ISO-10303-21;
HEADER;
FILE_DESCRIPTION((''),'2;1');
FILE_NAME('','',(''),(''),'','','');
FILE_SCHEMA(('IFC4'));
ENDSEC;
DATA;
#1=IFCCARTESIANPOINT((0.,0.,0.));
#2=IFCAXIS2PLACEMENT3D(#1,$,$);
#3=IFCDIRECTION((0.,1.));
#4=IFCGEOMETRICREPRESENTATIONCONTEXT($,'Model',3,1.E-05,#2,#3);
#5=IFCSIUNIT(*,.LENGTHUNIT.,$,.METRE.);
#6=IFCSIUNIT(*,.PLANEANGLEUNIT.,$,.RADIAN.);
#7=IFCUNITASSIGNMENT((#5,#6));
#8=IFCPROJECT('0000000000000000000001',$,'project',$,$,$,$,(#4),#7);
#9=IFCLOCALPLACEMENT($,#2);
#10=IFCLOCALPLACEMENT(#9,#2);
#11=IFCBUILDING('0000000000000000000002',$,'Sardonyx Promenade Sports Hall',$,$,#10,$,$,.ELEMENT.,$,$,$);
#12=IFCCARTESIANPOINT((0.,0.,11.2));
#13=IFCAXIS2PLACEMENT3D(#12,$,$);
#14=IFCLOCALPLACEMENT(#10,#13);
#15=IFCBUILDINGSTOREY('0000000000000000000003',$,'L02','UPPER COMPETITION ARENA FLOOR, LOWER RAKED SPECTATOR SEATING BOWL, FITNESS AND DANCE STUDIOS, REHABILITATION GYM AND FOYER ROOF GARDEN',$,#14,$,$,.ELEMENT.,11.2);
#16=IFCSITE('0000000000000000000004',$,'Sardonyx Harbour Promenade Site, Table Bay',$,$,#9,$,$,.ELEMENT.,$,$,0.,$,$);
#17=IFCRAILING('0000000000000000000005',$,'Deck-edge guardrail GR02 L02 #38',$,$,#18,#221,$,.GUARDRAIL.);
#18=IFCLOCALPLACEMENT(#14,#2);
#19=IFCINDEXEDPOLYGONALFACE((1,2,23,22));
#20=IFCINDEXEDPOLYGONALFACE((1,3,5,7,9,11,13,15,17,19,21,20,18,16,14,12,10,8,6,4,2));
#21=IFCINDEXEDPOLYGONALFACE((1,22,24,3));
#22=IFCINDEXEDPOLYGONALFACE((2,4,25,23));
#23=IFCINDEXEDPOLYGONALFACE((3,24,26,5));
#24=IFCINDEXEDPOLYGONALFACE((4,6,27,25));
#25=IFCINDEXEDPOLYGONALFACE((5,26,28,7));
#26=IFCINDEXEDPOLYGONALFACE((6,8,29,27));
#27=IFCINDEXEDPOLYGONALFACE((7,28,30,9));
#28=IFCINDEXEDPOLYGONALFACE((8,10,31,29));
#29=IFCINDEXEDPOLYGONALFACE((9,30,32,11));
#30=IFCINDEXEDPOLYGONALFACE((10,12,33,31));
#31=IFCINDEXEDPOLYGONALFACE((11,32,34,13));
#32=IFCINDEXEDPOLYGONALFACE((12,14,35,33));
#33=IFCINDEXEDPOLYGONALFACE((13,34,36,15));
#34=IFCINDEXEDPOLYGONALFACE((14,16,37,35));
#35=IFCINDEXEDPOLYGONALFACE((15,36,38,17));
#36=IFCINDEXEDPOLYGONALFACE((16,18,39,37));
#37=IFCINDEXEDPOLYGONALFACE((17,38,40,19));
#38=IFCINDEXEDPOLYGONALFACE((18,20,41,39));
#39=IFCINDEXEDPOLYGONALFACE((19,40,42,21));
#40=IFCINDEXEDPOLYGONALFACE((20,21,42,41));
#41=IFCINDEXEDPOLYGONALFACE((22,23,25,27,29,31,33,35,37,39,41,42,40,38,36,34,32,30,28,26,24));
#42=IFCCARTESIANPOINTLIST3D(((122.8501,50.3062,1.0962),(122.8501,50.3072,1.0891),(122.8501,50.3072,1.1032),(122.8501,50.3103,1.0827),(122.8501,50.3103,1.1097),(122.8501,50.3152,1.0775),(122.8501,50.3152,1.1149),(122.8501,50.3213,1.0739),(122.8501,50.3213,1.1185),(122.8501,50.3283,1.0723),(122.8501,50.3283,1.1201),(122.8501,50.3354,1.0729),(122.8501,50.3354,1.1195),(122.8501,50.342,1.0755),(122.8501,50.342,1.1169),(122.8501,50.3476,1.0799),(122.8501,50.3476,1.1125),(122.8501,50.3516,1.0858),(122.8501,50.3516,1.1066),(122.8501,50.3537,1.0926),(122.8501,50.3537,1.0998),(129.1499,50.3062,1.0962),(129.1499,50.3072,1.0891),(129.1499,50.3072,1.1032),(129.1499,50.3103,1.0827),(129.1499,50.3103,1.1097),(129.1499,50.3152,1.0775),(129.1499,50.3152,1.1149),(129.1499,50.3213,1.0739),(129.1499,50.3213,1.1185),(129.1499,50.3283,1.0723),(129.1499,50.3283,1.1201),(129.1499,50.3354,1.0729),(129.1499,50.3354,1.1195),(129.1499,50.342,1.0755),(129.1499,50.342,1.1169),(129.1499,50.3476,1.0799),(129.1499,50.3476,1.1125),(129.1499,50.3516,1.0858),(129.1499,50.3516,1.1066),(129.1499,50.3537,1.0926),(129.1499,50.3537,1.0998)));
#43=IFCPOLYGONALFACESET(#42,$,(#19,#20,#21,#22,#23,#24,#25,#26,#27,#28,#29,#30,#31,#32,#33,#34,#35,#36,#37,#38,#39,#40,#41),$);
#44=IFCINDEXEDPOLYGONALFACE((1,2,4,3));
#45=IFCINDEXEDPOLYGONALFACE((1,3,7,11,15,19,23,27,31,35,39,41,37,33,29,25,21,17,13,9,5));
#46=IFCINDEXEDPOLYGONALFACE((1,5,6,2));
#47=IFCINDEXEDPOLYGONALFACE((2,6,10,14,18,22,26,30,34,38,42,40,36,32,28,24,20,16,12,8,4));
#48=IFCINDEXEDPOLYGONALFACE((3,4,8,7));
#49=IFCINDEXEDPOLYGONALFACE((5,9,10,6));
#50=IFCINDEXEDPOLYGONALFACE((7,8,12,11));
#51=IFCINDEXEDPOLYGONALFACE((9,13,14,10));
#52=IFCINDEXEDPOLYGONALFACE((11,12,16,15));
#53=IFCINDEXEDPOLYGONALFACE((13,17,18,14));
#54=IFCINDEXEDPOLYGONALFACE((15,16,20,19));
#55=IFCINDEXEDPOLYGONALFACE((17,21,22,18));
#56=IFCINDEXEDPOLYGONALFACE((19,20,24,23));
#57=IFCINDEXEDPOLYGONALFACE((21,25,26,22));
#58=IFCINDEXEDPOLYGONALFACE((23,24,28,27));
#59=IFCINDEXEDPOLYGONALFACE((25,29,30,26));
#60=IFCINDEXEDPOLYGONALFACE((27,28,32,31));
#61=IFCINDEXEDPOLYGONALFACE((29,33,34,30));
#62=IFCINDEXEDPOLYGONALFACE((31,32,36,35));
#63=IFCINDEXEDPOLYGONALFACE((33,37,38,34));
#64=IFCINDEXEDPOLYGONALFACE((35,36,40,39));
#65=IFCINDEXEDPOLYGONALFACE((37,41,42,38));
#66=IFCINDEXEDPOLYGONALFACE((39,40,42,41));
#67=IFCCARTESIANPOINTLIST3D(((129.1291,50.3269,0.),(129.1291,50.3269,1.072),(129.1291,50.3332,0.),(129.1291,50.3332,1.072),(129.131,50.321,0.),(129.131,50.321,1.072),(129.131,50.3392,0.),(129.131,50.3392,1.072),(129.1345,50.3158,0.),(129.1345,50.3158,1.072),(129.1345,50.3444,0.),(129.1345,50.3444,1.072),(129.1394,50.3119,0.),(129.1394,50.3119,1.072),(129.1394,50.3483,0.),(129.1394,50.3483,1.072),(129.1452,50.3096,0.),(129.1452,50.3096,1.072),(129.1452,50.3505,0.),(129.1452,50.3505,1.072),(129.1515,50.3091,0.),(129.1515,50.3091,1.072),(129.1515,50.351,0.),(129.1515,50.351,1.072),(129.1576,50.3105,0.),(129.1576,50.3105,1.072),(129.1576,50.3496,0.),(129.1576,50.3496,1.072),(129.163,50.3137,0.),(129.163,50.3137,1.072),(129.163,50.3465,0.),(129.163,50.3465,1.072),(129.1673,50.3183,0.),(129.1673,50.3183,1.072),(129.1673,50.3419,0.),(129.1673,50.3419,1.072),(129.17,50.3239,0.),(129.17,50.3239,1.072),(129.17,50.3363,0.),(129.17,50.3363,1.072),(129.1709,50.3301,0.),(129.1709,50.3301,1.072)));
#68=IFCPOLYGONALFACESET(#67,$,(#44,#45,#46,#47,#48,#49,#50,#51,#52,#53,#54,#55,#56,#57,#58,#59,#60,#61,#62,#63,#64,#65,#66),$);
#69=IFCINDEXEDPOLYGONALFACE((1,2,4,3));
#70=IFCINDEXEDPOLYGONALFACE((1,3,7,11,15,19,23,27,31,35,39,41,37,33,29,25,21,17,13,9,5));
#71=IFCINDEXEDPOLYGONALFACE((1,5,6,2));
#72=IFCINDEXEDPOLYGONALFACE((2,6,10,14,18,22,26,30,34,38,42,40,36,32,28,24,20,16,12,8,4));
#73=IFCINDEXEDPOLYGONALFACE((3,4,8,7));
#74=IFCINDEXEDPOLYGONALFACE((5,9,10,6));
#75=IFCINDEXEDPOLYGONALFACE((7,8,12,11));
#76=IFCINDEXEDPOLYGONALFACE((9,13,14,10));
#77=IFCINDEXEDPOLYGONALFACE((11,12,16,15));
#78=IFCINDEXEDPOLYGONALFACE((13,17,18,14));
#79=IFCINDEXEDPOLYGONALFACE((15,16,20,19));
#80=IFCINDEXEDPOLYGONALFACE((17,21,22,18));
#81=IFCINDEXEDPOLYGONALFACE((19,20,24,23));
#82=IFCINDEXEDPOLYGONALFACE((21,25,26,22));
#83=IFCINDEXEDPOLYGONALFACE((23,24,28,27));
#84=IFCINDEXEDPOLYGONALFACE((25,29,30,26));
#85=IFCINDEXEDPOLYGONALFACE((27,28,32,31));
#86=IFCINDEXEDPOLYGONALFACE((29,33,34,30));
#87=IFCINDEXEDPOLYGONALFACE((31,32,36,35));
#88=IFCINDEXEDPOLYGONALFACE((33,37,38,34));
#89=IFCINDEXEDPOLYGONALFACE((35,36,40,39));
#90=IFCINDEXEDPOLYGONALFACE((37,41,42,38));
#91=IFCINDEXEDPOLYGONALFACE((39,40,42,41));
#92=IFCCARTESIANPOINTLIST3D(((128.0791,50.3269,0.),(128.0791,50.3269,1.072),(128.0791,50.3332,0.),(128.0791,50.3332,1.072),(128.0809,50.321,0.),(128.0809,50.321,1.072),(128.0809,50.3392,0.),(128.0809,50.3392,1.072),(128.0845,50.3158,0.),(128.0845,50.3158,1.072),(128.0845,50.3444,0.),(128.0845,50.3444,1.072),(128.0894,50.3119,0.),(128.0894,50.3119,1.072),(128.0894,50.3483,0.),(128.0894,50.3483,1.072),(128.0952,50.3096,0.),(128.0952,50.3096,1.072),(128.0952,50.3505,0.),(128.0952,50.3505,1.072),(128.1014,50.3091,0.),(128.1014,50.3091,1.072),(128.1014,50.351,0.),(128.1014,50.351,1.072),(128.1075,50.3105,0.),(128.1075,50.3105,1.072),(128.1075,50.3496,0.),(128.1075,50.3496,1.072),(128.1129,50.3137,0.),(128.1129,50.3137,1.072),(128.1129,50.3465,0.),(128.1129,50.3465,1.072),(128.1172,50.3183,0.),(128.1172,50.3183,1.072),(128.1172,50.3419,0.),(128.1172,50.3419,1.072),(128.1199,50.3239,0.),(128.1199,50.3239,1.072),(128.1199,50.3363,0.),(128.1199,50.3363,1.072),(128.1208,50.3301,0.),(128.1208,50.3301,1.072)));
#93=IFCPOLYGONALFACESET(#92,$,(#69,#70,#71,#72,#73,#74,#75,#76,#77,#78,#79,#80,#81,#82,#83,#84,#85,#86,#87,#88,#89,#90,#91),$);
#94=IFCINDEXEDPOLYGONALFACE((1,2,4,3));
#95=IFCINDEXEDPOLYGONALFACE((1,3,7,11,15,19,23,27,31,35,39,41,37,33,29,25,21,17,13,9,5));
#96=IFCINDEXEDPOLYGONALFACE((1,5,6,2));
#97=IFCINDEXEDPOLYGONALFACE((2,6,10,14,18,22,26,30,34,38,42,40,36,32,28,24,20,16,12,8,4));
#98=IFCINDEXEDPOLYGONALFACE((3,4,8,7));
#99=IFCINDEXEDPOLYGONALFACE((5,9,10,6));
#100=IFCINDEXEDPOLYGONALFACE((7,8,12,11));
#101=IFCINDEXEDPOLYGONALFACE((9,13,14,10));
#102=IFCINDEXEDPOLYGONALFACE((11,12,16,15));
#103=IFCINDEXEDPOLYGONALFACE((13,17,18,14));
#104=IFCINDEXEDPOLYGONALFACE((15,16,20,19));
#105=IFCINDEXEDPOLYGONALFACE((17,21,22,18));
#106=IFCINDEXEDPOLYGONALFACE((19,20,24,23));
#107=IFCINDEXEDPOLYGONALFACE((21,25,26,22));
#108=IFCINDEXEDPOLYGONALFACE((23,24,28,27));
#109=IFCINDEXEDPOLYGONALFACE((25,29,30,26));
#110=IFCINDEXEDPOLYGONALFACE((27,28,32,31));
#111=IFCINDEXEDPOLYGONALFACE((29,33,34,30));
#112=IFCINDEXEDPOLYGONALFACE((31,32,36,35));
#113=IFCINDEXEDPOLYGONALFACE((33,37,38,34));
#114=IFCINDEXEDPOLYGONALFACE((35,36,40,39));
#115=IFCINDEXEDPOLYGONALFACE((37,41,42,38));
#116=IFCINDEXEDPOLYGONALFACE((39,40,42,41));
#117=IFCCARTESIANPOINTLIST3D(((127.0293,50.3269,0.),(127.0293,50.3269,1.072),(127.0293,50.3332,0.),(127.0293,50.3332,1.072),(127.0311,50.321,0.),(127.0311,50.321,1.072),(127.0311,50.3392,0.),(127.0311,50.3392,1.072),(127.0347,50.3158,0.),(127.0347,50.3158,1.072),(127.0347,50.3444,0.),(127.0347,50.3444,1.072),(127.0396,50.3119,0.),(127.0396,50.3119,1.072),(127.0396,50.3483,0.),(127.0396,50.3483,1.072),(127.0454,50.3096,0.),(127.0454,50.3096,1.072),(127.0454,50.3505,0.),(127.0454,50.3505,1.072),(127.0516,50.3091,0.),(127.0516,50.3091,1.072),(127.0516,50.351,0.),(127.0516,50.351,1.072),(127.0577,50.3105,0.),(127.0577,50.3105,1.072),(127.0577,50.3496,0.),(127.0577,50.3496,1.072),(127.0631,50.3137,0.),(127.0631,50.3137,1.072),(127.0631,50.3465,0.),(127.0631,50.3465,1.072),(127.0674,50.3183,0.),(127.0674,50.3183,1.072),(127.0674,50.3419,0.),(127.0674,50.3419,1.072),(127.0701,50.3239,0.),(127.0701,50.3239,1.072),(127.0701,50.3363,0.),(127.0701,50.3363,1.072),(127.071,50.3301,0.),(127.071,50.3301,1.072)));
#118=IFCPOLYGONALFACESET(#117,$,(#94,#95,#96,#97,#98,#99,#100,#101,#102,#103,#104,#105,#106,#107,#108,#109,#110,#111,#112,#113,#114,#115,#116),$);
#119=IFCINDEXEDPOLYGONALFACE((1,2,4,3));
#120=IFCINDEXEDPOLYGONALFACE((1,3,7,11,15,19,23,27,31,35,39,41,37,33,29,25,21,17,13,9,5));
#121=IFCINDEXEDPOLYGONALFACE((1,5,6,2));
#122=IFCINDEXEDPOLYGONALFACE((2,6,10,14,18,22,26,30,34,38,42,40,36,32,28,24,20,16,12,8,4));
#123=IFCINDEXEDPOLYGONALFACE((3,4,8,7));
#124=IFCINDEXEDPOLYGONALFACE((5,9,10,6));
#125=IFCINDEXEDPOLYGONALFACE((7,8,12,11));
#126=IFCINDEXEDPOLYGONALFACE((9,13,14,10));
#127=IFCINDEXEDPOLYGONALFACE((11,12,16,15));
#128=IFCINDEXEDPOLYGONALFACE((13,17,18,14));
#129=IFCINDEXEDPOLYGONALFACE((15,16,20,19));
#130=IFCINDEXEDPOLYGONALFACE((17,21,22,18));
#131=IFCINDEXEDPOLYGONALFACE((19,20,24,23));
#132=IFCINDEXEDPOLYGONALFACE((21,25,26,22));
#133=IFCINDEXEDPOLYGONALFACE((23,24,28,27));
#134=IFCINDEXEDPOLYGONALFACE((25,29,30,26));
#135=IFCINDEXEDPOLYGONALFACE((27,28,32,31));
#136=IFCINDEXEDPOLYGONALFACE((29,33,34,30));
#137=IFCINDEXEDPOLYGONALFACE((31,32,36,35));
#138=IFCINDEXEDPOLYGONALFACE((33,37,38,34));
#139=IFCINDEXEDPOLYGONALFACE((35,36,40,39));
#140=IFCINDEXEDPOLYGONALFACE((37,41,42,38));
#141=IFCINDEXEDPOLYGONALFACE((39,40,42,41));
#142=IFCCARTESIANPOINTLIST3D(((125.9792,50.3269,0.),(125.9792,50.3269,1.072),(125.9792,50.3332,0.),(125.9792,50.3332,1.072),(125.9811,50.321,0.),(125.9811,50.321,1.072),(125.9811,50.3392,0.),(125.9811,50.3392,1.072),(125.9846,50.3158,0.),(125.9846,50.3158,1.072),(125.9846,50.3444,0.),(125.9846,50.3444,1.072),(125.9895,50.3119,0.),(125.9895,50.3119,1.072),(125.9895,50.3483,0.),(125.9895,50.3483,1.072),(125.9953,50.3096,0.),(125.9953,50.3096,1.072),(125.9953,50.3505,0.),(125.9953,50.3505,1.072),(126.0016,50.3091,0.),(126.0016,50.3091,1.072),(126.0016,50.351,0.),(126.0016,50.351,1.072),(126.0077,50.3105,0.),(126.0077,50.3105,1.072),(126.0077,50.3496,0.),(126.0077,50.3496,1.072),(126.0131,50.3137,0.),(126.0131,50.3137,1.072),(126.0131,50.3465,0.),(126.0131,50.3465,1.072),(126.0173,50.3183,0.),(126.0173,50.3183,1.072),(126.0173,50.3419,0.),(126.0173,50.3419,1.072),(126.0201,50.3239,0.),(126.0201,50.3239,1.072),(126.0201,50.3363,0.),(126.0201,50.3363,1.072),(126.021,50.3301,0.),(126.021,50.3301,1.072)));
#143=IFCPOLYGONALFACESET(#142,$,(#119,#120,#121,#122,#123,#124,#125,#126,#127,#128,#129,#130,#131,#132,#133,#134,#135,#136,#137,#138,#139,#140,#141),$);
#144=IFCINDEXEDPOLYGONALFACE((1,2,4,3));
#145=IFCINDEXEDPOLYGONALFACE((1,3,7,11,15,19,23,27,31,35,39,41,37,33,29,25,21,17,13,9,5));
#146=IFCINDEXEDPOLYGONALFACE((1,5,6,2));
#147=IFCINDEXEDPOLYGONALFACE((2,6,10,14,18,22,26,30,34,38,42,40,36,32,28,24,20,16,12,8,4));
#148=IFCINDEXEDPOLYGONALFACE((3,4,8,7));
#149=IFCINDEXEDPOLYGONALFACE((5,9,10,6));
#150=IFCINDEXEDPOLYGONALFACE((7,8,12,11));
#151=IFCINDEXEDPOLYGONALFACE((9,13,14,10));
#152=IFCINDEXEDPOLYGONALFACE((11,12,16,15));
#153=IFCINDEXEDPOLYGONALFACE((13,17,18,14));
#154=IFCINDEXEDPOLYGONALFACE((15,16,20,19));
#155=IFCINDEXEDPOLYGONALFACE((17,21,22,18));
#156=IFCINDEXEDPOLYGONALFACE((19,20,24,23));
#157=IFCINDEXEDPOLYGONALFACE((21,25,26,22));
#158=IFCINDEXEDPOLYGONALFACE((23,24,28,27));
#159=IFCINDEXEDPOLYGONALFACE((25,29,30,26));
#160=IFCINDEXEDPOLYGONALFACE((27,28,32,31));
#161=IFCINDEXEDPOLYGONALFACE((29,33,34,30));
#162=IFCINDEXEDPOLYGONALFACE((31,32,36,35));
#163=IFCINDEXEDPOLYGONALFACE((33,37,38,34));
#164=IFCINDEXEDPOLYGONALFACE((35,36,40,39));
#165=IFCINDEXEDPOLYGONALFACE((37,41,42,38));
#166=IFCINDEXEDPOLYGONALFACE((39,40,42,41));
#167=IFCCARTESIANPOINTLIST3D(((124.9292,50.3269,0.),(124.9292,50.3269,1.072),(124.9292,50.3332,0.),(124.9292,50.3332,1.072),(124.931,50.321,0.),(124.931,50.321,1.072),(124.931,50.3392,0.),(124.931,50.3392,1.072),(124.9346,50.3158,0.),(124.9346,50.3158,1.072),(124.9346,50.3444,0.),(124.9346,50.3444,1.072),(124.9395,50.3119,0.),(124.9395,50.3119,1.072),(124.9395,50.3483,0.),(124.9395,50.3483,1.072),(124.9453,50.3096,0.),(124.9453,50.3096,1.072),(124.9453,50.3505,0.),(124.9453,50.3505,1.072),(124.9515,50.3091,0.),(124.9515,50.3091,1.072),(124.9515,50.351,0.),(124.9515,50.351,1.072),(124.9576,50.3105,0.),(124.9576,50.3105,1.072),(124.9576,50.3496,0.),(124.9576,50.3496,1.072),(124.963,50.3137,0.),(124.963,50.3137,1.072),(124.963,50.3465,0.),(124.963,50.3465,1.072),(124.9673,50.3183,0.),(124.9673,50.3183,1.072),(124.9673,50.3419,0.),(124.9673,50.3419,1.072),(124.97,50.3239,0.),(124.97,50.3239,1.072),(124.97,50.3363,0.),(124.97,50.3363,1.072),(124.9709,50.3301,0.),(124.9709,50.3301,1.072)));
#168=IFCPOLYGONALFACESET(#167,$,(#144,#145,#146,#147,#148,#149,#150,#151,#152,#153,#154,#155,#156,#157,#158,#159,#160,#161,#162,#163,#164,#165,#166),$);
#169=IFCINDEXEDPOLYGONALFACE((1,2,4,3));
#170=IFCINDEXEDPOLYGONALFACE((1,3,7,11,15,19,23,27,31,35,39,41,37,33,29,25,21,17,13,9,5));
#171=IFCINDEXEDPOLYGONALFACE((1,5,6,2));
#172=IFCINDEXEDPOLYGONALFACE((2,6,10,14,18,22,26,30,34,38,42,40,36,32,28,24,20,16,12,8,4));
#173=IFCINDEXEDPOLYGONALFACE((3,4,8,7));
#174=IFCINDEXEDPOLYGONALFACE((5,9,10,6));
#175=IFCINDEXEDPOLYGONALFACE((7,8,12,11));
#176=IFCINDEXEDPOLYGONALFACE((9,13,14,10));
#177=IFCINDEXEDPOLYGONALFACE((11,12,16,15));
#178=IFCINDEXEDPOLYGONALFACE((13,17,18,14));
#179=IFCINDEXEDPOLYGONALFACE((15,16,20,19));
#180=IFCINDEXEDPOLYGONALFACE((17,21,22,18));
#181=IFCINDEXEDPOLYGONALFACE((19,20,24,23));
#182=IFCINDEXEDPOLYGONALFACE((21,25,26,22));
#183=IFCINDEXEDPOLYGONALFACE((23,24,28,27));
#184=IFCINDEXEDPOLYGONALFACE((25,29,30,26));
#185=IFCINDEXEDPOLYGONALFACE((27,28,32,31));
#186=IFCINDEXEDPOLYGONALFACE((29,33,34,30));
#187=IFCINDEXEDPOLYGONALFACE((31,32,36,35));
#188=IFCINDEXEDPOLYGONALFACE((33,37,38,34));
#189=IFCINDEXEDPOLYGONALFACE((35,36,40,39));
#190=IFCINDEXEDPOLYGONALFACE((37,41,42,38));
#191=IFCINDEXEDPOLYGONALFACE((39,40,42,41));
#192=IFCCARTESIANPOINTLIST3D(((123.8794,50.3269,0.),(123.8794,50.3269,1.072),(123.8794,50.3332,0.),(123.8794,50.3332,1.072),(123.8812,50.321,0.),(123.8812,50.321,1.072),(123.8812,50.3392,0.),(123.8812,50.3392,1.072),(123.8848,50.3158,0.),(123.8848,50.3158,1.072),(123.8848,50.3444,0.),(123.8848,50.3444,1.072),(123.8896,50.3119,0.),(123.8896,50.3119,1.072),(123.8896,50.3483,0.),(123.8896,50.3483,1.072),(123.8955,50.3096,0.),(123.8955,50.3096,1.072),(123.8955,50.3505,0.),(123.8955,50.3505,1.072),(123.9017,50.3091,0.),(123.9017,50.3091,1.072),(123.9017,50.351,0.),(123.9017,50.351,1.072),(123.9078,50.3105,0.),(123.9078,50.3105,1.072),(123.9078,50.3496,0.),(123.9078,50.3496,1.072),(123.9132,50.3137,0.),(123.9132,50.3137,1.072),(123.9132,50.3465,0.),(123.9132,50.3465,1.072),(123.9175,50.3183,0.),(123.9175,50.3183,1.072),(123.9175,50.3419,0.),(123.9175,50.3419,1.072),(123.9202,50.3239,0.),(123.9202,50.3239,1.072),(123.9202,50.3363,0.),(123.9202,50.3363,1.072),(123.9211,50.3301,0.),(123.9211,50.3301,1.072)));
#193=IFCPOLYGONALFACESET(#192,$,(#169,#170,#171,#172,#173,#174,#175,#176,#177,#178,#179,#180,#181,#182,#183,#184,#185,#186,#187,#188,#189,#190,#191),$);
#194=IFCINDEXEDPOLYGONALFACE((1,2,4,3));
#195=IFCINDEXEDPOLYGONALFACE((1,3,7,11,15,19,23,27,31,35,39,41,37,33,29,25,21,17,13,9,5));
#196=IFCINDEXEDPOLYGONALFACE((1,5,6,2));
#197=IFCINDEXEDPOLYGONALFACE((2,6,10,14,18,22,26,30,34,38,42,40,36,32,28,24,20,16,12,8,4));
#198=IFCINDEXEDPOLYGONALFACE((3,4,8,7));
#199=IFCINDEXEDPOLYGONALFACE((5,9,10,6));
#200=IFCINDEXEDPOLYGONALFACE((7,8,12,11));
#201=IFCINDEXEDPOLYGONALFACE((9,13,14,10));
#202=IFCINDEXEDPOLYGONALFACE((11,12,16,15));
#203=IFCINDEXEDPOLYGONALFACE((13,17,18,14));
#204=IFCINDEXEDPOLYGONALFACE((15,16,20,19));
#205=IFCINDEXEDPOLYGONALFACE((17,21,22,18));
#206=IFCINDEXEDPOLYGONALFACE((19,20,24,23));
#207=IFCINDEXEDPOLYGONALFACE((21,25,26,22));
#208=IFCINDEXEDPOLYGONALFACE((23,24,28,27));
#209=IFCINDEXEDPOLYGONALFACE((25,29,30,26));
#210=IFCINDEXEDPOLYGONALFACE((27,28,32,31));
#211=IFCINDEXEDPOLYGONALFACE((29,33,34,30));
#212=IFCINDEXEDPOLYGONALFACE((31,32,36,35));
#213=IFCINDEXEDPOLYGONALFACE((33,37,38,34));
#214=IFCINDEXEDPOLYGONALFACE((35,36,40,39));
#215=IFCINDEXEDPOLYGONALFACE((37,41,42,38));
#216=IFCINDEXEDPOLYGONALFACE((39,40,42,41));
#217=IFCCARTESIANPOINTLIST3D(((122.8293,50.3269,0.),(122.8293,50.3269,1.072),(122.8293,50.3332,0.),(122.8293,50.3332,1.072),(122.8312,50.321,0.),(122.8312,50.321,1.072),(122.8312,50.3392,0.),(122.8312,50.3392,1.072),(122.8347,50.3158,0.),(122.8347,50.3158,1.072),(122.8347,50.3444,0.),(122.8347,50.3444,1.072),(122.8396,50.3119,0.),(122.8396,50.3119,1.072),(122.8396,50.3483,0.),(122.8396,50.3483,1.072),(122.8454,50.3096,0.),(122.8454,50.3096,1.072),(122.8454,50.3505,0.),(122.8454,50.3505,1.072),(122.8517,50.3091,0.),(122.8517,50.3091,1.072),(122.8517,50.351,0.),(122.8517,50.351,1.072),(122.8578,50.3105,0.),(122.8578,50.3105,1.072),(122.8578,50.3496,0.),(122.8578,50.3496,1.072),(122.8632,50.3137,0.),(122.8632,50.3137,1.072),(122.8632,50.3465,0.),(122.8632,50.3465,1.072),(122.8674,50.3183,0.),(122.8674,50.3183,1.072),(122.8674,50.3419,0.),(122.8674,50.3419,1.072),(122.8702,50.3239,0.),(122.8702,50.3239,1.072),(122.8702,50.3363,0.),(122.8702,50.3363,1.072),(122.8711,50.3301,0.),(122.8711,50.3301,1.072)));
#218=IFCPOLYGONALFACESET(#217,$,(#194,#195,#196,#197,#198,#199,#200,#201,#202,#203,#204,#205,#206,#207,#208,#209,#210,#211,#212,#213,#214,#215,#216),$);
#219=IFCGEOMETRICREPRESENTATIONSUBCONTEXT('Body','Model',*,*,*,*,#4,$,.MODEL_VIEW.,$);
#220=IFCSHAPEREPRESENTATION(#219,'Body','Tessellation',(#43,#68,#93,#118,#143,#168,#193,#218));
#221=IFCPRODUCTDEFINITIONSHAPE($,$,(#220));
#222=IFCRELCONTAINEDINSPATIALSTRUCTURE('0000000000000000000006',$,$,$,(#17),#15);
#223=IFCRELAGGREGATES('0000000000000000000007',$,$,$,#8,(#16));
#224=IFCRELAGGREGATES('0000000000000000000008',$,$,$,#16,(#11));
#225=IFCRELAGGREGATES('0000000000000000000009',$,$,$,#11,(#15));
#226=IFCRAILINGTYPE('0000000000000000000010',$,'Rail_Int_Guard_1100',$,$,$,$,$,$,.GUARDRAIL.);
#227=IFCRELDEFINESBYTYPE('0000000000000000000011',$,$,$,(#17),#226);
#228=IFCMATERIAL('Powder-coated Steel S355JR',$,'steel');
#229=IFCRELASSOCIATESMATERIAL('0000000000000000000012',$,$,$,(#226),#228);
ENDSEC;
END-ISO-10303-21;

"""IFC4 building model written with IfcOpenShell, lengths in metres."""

from ifc_helpers import new_model, si_unit, direction, frame, origin, origin_2d, place, context, subcontext, project, spatial, circle, extrude, material, type_object, element, save


model = new_model("IFC4")

# Units and contexts
model_context = context("Model", 3, precision=1e-05, world=origin(), true_north=direction((0.0, 1.0)))
body_context = subcontext(model_context, "Body", "Model", "MODEL_VIEW")
ifc_project = project(units=[si_unit("LENGTHUNIT", "METRE"), si_unit("PLANEANGLEUNIT", "RADIAN")], contexts=[model_context])

# Site, building, storey
site_placement = place(None, origin())
site = spatial("IfcSite", under=ifc_project, at=site_placement, Name="Sardonyx Harbour Promenade Site, Table Bay", CompositionType="ELEMENT", RefElevation=0.0)
building_placement = place(site_placement, origin())
building = spatial("IfcBuilding", under=site, at=building_placement, Name="Sardonyx Promenade Sports Hall", CompositionType="ELEMENT")
storey_placement = place(building_placement, frame((0.0, 0.0, 11.2)))
storey = spatial("IfcBuildingStorey", under=building, at=storey_placement, Name="L02", Description="UPPER COMPETITION ARENA FLOOR, LOWER RAKED SPECTATOR SEATING BOWL, FITNESS AND DANCE STUDIOS, REHABILITATION GYM AND FOYER ROOF GARDEN", CompositionType="ELEMENT", Elevation=11.2)

# Railing
ifc_material_1 = material(Name="Powder-coated Steel S355JR", Category="steel")
railing_type = type_object("IfcRailingType", Name="Rail_Int_Guard_1100", PredefinedType="GUARDRAIL", material=ifc_material_1)
railing_1_placement = place(storey_placement, frame((129.1499, 50.3301, 0.0)))
element("IfcRailing", 1, at=railing_1_placement, inside=storey, type_object=railing_type, Name="Deck-edge guardrail GR02 L02 #38", PredefinedType="GUARDRAIL", context=body_context, shape_type="SweptSolid", body=[
    extrude(circle(Radius=0.0239, at=origin_2d()), frame((0.0, 0.0, 1.0962), z_axis=(-1.0, 0.0, 0.0), x_axis=(0.0, -1.0, 0.0)), (0.0, 0.0, 1.0), 6.2998),
    extrude(circle(Radius=0.021, at=origin_2d()), origin(), (0.0, 0.0, 1.0), 1.072),
    extrude(circle(Radius=0.021, at=origin_2d()), frame((-1.05, 0.0, 0.0)), (0.0, 0.0, 1.0), 1.072),
    extrude(circle(Radius=0.021, at=origin_2d()), frame((-2.0999, 0.0, 0.0)), (0.0, 0.0, 1.0), 1.072),
    extrude(circle(Radius=0.021, at=origin_2d()), frame((-3.1499, 0.0, 0.0)), (0.0, 0.0, 1.0), 1.072),
    extrude(circle(Radius=0.021, at=origin_2d()), frame((-4.2, 0.0, 0.0)), (0.0, 0.0, 1.0), 1.072),
    extrude(circle(Radius=0.021, at=origin_2d()), frame((-5.2498, 0.0, 0.0)), (0.0, 0.0, 1.0), 1.072),
    extrude(circle(Radius=0.021, at=origin_2d()), frame((-6.2998, 0.0, 0.0)), (0.0, 0.0, 1.0), 1.072),
])

save(model, "model.ifc")
